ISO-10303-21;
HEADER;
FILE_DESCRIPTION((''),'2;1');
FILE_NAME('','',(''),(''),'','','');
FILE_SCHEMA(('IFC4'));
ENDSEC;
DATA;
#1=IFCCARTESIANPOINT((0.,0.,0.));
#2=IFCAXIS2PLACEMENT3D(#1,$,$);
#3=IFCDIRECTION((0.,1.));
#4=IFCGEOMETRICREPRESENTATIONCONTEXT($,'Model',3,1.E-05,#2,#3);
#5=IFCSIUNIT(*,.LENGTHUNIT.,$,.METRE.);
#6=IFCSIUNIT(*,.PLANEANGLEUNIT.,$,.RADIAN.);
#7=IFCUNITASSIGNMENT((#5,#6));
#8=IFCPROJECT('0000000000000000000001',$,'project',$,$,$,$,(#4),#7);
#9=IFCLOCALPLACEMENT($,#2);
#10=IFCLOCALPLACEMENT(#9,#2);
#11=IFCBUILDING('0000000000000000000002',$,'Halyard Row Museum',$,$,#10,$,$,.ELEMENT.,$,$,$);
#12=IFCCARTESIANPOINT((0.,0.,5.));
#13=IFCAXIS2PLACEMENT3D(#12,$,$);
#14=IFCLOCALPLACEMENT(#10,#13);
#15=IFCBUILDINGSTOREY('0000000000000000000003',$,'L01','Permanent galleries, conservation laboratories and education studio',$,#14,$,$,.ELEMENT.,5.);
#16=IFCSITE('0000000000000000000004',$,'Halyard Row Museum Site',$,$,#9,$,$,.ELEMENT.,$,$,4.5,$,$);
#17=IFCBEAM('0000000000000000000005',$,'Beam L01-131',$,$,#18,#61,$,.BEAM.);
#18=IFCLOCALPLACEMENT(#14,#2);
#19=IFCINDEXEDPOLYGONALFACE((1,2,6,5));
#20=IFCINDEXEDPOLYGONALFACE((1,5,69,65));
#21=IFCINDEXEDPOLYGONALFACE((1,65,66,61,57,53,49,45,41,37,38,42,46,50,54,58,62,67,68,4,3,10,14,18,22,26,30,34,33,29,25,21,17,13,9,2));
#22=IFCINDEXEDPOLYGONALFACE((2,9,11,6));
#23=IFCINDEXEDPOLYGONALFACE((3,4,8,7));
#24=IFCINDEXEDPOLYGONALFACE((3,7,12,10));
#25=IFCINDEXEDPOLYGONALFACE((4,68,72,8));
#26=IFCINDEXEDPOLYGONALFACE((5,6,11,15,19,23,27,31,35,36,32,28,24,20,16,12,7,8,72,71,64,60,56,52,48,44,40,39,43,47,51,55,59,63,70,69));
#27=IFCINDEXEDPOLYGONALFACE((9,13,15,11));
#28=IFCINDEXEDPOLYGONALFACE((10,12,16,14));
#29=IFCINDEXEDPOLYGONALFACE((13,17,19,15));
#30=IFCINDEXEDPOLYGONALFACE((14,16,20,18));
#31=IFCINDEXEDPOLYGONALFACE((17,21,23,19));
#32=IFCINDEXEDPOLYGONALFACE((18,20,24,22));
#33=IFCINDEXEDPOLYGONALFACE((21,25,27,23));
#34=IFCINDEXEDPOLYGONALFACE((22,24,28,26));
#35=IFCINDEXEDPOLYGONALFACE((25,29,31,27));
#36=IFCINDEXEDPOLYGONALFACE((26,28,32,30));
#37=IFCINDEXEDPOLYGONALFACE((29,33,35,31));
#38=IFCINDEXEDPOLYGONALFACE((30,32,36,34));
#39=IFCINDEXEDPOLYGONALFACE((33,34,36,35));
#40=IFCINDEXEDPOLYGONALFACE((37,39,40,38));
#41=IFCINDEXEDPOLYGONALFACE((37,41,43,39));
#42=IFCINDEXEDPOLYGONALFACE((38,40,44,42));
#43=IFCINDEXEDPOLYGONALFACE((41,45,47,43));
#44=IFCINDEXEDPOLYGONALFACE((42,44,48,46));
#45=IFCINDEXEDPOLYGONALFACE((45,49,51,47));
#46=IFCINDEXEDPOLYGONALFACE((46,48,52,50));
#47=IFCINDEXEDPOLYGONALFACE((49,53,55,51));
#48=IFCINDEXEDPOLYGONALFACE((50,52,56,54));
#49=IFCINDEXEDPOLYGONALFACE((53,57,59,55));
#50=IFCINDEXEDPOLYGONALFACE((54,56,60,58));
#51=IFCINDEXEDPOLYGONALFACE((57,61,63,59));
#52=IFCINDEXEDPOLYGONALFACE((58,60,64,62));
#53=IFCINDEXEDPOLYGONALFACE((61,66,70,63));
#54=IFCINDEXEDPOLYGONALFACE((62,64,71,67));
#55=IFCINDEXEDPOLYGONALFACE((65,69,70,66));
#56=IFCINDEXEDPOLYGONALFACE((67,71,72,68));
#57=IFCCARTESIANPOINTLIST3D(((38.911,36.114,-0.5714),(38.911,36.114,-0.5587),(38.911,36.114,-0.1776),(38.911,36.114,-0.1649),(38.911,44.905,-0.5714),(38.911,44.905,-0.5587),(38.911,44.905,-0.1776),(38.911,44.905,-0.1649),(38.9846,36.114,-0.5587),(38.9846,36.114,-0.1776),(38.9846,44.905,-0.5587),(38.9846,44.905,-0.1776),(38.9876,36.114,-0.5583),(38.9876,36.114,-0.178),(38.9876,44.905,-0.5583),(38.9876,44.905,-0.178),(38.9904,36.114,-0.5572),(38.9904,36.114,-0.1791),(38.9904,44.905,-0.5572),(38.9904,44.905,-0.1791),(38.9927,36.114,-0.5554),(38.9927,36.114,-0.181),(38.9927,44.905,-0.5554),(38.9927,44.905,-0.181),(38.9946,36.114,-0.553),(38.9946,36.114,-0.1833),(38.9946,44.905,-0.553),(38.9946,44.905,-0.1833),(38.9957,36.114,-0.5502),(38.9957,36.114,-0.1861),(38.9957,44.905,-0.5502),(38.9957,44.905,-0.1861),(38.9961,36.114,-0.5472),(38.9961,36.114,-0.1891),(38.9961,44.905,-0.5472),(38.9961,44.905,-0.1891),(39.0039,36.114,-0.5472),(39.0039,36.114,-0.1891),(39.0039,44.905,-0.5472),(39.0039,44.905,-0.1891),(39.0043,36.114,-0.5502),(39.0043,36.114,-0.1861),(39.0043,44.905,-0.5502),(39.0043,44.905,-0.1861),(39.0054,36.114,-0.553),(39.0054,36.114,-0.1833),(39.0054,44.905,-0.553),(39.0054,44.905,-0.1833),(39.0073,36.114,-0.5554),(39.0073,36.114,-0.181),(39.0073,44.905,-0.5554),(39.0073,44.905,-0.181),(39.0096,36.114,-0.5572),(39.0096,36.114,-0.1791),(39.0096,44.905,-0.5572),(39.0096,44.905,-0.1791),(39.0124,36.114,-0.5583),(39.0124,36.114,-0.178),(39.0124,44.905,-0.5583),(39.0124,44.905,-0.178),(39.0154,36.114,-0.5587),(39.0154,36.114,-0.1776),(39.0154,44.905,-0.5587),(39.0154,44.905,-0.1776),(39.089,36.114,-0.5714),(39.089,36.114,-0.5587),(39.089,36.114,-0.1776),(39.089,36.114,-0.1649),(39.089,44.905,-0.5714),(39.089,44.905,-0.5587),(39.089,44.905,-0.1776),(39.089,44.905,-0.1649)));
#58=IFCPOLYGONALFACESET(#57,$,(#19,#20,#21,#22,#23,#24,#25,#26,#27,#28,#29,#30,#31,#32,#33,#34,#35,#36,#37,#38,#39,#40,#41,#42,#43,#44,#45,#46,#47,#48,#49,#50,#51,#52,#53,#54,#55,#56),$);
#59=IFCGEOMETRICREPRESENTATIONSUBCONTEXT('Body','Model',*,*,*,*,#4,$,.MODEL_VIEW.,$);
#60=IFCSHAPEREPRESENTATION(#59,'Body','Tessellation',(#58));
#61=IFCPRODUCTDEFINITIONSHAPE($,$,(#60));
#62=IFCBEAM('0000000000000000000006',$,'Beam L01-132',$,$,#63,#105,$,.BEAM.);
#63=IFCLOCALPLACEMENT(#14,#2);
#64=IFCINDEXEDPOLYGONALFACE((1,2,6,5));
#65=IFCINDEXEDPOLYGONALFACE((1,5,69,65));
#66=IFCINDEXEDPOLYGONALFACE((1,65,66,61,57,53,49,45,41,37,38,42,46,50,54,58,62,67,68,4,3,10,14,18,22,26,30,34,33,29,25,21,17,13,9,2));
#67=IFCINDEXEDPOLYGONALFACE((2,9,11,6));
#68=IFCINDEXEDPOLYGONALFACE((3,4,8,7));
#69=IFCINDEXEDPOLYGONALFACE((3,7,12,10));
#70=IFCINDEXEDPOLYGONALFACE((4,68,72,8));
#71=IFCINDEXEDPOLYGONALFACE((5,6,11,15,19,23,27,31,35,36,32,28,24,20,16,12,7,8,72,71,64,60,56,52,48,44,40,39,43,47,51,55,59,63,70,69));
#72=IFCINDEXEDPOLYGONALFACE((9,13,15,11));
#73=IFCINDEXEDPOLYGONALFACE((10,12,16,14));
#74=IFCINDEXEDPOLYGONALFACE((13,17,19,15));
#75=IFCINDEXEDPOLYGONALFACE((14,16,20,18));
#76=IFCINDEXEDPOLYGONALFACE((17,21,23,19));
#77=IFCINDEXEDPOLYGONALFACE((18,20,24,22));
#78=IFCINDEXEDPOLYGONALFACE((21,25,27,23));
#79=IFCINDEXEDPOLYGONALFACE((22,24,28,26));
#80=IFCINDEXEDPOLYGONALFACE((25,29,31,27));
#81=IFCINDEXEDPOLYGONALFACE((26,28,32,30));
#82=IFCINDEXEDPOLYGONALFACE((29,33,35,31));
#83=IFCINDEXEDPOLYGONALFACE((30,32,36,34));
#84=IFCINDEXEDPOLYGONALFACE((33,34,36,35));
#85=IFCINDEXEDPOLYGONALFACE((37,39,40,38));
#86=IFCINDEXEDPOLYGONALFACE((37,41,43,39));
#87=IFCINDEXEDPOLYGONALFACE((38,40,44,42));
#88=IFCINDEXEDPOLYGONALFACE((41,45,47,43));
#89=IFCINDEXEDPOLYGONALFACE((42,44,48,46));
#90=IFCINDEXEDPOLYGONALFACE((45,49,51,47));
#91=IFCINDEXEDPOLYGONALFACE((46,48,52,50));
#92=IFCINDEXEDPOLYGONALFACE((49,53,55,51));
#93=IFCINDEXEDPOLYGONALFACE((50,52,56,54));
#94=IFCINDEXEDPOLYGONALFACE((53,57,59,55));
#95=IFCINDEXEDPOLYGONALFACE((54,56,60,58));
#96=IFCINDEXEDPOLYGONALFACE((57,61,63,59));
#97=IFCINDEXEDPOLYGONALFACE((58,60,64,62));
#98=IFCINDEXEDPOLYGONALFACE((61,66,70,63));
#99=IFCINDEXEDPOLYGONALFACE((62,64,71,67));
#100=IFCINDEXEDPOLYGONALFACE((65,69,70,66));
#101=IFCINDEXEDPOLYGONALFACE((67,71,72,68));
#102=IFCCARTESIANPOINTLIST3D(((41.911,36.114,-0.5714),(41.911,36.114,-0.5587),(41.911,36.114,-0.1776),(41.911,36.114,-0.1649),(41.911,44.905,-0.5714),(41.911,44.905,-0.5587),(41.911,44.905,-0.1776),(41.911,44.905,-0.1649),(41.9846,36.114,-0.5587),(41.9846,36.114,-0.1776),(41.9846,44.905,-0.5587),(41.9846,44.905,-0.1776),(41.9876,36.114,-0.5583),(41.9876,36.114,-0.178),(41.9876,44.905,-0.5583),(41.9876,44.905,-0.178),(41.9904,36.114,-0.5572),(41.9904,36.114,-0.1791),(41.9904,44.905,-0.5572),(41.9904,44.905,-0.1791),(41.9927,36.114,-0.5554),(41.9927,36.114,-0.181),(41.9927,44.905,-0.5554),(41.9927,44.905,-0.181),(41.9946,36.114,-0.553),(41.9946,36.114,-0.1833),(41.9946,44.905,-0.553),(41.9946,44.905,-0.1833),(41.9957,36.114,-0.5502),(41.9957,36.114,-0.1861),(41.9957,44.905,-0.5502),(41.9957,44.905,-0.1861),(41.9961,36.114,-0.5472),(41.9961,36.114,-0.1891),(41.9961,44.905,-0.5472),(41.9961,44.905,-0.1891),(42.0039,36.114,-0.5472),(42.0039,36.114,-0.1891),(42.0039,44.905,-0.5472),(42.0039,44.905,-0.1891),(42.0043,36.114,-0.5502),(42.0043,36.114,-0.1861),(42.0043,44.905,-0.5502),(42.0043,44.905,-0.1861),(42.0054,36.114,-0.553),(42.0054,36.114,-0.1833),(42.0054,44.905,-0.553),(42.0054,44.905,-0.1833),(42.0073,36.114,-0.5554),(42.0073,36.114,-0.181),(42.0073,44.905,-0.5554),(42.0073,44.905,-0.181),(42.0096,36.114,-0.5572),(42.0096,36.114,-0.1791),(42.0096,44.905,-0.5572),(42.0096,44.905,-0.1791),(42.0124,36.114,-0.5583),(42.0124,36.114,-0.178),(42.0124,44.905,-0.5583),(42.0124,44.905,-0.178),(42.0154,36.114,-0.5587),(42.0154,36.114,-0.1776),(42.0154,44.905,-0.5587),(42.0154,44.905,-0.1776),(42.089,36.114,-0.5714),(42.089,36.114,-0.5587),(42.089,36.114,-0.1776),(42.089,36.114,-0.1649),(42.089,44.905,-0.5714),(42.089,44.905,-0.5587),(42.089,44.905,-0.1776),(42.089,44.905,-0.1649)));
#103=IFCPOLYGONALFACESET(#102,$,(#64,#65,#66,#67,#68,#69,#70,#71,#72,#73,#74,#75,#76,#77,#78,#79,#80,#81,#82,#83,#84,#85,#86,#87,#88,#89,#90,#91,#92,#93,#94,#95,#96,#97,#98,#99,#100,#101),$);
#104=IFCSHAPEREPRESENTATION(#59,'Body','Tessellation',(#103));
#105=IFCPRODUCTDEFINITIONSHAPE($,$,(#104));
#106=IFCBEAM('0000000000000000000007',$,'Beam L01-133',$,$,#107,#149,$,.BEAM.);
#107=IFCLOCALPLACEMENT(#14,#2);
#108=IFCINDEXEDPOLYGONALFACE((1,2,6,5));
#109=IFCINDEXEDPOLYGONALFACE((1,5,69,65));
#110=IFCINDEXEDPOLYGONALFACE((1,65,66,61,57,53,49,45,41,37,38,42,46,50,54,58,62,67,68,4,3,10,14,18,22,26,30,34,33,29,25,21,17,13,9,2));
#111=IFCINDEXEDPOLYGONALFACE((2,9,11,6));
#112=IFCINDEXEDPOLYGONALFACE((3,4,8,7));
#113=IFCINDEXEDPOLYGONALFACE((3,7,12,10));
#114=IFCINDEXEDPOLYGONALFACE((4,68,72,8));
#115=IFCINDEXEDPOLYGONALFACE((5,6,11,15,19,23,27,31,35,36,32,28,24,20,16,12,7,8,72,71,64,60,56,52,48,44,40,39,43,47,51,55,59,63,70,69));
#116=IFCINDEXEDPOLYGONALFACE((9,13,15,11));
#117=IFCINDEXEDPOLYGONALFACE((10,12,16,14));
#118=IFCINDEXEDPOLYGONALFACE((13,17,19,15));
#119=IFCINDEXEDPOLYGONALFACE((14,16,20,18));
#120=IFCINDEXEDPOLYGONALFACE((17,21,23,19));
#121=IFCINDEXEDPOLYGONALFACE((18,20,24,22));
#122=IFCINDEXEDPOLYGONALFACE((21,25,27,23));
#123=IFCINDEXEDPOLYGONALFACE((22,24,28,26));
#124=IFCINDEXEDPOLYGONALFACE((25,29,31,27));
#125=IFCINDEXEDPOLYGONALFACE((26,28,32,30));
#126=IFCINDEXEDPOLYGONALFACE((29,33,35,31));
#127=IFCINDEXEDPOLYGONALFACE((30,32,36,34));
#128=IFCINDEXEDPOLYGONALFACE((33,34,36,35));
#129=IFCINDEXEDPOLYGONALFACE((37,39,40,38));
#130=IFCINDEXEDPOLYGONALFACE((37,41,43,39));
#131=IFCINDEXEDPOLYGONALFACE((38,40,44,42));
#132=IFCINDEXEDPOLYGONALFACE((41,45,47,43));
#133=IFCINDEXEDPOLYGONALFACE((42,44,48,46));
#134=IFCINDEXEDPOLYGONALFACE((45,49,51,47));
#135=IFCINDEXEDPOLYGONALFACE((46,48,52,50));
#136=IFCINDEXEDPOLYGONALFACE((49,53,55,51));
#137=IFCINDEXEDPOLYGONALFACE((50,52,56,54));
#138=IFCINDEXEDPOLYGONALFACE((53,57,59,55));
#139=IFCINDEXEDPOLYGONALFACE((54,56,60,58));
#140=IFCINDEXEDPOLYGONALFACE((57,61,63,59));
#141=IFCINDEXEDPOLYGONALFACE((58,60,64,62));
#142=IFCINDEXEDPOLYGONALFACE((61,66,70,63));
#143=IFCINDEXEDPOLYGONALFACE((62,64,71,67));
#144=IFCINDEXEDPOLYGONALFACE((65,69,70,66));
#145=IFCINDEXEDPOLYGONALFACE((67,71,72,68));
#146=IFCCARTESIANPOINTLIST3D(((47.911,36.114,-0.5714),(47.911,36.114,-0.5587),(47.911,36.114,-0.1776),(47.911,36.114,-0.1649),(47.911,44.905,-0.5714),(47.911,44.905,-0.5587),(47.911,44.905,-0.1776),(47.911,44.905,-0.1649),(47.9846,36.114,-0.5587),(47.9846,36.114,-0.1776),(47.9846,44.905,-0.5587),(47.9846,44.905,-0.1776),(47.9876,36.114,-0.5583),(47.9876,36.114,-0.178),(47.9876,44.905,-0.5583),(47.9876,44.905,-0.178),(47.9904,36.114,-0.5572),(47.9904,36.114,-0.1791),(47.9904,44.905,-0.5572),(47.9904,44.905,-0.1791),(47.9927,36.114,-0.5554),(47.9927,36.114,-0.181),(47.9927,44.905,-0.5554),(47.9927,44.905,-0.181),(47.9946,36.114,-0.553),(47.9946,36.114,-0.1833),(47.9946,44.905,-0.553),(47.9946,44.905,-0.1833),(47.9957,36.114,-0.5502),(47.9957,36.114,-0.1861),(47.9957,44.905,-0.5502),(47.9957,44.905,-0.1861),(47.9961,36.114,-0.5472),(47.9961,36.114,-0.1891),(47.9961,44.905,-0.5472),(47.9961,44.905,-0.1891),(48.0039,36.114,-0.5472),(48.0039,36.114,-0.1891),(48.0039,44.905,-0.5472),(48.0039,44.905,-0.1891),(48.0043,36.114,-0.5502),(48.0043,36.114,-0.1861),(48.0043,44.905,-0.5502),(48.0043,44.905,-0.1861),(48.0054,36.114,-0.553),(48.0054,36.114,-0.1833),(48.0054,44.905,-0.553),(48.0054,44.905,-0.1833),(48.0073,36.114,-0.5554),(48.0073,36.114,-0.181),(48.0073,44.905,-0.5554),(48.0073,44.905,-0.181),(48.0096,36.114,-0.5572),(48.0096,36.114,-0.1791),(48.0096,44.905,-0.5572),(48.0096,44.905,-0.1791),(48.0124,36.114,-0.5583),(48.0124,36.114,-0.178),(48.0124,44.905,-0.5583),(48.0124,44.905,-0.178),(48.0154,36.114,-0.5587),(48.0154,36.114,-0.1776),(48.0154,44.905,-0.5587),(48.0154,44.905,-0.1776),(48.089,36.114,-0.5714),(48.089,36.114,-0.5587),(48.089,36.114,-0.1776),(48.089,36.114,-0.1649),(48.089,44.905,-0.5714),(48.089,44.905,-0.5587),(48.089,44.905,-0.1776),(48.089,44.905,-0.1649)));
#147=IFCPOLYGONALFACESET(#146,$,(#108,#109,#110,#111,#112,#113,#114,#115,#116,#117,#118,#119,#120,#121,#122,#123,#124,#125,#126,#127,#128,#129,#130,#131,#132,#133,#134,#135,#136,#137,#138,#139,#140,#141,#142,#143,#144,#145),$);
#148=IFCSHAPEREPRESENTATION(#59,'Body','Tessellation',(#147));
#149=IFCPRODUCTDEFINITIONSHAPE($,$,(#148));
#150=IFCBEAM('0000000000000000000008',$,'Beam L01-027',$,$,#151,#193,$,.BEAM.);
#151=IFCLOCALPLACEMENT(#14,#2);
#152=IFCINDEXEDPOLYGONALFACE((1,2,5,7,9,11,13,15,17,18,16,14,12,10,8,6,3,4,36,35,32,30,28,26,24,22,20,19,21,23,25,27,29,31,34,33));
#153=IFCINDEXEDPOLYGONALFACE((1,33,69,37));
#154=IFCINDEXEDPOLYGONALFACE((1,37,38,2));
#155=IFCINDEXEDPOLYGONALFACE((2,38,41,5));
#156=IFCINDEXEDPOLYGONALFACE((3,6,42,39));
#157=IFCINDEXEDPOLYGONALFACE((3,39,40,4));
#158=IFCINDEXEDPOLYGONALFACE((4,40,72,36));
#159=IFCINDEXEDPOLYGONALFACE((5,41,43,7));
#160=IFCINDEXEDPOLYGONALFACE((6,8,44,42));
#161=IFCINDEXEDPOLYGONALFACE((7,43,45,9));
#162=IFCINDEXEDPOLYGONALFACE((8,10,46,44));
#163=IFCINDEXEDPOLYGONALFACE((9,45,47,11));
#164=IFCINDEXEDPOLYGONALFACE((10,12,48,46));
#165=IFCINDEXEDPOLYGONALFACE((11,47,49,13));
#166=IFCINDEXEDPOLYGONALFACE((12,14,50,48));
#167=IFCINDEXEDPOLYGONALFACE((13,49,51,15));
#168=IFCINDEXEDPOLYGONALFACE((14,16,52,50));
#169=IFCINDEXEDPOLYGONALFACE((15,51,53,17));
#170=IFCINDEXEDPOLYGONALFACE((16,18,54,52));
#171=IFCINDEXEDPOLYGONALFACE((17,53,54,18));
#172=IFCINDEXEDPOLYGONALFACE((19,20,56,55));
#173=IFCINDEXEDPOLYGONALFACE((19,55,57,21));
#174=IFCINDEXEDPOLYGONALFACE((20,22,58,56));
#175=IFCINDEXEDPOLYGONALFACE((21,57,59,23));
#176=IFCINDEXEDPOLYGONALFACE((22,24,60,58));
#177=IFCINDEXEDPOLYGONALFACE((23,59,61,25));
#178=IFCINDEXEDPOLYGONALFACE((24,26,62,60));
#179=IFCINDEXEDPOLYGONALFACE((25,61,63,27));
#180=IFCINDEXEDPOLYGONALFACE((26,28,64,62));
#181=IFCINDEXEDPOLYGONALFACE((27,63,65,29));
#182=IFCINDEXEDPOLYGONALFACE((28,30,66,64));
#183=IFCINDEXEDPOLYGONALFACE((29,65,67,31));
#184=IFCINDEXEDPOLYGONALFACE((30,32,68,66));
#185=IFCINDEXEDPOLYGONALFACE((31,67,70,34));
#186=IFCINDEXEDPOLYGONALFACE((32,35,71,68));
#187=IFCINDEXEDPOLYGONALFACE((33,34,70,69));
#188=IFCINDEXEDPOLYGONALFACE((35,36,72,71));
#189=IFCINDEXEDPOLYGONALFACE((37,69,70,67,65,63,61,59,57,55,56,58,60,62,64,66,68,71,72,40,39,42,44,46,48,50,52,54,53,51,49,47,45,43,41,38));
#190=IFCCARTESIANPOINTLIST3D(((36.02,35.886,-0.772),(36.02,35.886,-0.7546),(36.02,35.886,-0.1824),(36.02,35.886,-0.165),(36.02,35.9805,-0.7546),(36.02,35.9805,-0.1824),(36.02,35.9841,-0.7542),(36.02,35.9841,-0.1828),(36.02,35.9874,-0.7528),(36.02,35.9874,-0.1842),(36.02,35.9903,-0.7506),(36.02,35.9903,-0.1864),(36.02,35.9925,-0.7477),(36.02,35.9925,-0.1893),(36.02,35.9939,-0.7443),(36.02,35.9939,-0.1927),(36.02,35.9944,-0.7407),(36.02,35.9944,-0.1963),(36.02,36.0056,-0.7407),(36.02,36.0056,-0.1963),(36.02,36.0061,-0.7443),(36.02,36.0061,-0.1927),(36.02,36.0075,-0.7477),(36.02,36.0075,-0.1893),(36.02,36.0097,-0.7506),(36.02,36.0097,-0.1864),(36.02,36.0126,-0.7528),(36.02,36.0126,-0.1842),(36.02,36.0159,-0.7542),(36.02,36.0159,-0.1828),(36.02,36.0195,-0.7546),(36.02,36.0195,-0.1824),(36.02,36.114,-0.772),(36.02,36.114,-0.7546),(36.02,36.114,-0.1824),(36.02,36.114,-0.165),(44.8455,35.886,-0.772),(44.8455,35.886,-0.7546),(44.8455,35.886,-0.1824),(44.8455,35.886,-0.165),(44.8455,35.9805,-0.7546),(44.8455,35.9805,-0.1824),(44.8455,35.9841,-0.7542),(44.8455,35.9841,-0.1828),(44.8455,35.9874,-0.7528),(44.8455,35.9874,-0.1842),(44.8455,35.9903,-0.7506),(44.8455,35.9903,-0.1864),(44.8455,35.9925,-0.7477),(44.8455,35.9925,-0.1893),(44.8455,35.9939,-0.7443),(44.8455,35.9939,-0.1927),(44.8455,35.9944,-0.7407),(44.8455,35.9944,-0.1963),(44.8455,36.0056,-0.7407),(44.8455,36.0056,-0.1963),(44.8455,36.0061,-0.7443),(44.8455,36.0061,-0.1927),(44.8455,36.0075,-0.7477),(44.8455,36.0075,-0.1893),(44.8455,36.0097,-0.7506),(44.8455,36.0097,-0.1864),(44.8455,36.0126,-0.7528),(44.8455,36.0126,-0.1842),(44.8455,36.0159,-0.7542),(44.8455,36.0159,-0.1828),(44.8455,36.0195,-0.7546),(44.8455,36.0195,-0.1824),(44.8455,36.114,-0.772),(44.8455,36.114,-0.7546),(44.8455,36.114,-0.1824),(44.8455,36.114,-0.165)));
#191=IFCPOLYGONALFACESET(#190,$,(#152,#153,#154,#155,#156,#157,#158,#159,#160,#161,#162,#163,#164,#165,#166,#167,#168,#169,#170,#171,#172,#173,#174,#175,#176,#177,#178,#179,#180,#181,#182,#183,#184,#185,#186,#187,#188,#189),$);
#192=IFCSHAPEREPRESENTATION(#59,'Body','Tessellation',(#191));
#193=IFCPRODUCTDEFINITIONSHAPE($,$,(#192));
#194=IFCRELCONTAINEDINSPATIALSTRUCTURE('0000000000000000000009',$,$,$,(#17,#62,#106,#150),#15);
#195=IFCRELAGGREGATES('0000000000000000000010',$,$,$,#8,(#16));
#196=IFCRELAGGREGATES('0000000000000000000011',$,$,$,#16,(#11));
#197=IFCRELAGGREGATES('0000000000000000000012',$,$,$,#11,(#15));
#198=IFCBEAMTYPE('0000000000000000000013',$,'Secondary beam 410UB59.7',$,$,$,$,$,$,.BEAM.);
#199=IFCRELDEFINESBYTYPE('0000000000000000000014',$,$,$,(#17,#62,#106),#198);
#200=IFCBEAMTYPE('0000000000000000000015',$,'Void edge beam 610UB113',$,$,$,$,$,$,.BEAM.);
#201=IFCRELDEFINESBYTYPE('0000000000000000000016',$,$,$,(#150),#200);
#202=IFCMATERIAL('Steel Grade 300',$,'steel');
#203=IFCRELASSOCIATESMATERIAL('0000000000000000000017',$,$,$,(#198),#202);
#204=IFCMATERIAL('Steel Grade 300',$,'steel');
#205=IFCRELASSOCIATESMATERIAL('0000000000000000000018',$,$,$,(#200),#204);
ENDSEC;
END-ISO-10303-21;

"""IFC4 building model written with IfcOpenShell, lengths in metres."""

from ifc_helpers import new_model, si_unit, direction, frame, origin, origin_2d, place, context, subcontext, project, spatial, i_section, extrude, material, material_profile, profile_set, type_object, element, save


model = new_model("IFC4")

# Units and contexts
model_context = context("Model", 3, precision=1e-05, world=origin(), true_north=direction((0.0, 1.0)))
body_context = subcontext(model_context, "Body", "Model", "MODEL_VIEW")
ifc_project = project(units=[si_unit("LENGTHUNIT", "METRE"), si_unit("PLANEANGLEUNIT", "RADIAN")], contexts=[model_context])

# Site, building, storey
site_placement = place(None, origin())
site = spatial("IfcSite", under=ifc_project, at=site_placement, Name="Halyard Row Museum Site", CompositionType="ELEMENT", RefElevation=4.5)
building_placement = place(site_placement, origin())
building = spatial("IfcBuilding", under=site, at=building_placement, Name="Halyard Row Museum", CompositionType="ELEMENT")
storey_placement = place(building_placement, frame((0.0, 0.0, 5.0)))
storey = spatial("IfcBuildingStorey", under=building, at=storey_placement, Name="L01", Description="Permanent galleries, conservation laboratories and education studio", CompositionType="ELEMENT", Elevation=5.0)

# Beams
ifc_material_1 = material(Name="Steel Grade 300", Category="steel")
ifc_material_profile_1 = material_profile(ifc_material_1, i_section(OverallWidth=0.178, OverallDepth=0.4065, WebThickness=0.0078, FlangeThickness=0.0127, FilletRadius=0.0115, at=origin_2d()), Name="410UB59.7")
ifc_profile_set_1 = profile_set([ifc_material_profile_1], Name="Steel Grade 300")
beam_type_1 = type_object("IfcBeamType", Name="Secondary beam 410UB59.7", PredefinedType="BEAM", material=ifc_profile_set_1)
for number, where, z_axis, x_axis, name in (
    (1, (39.0, 36.114, -0.3682), (0.0, 1.0, 0.0), (-1.0, 0.0, 0.0), "Beam L01-131"),
    (2, (42.0, 36.114, -0.3682), (0.0, 1.0, 0.0), (-1.0, 0.0, 0.0), "Beam L01-132"),
    (3, (48.0, 36.114, -0.3682), (0.0, 1.0, 0.0), (-1.0, 0.0, 0.0), "Beam L01-133"),
):
    element("IfcBeam", number, at=place(storey_placement, frame(where, z_axis=z_axis, x_axis=x_axis)), inside=storey, type_object=beam_type_1, Name=name, PredefinedType="BEAM", context=body_context, shape_type="SweptSolid", body=[
        extrude(i_section(OverallWidth=0.178, OverallDepth=0.4065, WebThickness=0.0078, FlangeThickness=0.0127, FilletRadius=0.0115, at=origin_2d()), origin(), (0.0, 0.0, 1.0), 8.791),
    ])
ifc_material_2 = material(Name="Steel Grade 300", Category="steel")
ifc_material_profile_2 = material_profile(ifc_material_2, i_section(OverallWidth=0.228, OverallDepth=0.6069, WebThickness=0.0112, FlangeThickness=0.0173, FilletRadius=0.0139, at=origin_2d()), Name="610UB113")
ifc_profile_set_2 = profile_set([ifc_material_profile_2], Name="Steel Grade 300")
beam_type_2 = type_object("IfcBeamType", Name="Void edge beam 610UB113", PredefinedType="BEAM", material=ifc_profile_set_2)
for number, where, z_axis, x_axis, name in (
    (4, (36.02, 36.0, -0.4685), (1.0, 0.0, 0.0), (0.0, 1.0, 0.0), "Beam L01-027"),
):
    element("IfcBeam", number, at=place(storey_placement, frame(where, z_axis=z_axis, x_axis=x_axis)), inside=storey, type_object=beam_type_2, Name=name, PredefinedType="BEAM", context=body_context, shape_type="SweptSolid", body=[
        extrude(i_section(OverallWidth=0.228, OverallDepth=0.6069, WebThickness=0.0112, FlangeThickness=0.0173, FilletRadius=0.0139, at=origin_2d()), origin(), (0.0, 0.0, 1.0), 8.8254),
    ])

save(model, "model.ifc")
